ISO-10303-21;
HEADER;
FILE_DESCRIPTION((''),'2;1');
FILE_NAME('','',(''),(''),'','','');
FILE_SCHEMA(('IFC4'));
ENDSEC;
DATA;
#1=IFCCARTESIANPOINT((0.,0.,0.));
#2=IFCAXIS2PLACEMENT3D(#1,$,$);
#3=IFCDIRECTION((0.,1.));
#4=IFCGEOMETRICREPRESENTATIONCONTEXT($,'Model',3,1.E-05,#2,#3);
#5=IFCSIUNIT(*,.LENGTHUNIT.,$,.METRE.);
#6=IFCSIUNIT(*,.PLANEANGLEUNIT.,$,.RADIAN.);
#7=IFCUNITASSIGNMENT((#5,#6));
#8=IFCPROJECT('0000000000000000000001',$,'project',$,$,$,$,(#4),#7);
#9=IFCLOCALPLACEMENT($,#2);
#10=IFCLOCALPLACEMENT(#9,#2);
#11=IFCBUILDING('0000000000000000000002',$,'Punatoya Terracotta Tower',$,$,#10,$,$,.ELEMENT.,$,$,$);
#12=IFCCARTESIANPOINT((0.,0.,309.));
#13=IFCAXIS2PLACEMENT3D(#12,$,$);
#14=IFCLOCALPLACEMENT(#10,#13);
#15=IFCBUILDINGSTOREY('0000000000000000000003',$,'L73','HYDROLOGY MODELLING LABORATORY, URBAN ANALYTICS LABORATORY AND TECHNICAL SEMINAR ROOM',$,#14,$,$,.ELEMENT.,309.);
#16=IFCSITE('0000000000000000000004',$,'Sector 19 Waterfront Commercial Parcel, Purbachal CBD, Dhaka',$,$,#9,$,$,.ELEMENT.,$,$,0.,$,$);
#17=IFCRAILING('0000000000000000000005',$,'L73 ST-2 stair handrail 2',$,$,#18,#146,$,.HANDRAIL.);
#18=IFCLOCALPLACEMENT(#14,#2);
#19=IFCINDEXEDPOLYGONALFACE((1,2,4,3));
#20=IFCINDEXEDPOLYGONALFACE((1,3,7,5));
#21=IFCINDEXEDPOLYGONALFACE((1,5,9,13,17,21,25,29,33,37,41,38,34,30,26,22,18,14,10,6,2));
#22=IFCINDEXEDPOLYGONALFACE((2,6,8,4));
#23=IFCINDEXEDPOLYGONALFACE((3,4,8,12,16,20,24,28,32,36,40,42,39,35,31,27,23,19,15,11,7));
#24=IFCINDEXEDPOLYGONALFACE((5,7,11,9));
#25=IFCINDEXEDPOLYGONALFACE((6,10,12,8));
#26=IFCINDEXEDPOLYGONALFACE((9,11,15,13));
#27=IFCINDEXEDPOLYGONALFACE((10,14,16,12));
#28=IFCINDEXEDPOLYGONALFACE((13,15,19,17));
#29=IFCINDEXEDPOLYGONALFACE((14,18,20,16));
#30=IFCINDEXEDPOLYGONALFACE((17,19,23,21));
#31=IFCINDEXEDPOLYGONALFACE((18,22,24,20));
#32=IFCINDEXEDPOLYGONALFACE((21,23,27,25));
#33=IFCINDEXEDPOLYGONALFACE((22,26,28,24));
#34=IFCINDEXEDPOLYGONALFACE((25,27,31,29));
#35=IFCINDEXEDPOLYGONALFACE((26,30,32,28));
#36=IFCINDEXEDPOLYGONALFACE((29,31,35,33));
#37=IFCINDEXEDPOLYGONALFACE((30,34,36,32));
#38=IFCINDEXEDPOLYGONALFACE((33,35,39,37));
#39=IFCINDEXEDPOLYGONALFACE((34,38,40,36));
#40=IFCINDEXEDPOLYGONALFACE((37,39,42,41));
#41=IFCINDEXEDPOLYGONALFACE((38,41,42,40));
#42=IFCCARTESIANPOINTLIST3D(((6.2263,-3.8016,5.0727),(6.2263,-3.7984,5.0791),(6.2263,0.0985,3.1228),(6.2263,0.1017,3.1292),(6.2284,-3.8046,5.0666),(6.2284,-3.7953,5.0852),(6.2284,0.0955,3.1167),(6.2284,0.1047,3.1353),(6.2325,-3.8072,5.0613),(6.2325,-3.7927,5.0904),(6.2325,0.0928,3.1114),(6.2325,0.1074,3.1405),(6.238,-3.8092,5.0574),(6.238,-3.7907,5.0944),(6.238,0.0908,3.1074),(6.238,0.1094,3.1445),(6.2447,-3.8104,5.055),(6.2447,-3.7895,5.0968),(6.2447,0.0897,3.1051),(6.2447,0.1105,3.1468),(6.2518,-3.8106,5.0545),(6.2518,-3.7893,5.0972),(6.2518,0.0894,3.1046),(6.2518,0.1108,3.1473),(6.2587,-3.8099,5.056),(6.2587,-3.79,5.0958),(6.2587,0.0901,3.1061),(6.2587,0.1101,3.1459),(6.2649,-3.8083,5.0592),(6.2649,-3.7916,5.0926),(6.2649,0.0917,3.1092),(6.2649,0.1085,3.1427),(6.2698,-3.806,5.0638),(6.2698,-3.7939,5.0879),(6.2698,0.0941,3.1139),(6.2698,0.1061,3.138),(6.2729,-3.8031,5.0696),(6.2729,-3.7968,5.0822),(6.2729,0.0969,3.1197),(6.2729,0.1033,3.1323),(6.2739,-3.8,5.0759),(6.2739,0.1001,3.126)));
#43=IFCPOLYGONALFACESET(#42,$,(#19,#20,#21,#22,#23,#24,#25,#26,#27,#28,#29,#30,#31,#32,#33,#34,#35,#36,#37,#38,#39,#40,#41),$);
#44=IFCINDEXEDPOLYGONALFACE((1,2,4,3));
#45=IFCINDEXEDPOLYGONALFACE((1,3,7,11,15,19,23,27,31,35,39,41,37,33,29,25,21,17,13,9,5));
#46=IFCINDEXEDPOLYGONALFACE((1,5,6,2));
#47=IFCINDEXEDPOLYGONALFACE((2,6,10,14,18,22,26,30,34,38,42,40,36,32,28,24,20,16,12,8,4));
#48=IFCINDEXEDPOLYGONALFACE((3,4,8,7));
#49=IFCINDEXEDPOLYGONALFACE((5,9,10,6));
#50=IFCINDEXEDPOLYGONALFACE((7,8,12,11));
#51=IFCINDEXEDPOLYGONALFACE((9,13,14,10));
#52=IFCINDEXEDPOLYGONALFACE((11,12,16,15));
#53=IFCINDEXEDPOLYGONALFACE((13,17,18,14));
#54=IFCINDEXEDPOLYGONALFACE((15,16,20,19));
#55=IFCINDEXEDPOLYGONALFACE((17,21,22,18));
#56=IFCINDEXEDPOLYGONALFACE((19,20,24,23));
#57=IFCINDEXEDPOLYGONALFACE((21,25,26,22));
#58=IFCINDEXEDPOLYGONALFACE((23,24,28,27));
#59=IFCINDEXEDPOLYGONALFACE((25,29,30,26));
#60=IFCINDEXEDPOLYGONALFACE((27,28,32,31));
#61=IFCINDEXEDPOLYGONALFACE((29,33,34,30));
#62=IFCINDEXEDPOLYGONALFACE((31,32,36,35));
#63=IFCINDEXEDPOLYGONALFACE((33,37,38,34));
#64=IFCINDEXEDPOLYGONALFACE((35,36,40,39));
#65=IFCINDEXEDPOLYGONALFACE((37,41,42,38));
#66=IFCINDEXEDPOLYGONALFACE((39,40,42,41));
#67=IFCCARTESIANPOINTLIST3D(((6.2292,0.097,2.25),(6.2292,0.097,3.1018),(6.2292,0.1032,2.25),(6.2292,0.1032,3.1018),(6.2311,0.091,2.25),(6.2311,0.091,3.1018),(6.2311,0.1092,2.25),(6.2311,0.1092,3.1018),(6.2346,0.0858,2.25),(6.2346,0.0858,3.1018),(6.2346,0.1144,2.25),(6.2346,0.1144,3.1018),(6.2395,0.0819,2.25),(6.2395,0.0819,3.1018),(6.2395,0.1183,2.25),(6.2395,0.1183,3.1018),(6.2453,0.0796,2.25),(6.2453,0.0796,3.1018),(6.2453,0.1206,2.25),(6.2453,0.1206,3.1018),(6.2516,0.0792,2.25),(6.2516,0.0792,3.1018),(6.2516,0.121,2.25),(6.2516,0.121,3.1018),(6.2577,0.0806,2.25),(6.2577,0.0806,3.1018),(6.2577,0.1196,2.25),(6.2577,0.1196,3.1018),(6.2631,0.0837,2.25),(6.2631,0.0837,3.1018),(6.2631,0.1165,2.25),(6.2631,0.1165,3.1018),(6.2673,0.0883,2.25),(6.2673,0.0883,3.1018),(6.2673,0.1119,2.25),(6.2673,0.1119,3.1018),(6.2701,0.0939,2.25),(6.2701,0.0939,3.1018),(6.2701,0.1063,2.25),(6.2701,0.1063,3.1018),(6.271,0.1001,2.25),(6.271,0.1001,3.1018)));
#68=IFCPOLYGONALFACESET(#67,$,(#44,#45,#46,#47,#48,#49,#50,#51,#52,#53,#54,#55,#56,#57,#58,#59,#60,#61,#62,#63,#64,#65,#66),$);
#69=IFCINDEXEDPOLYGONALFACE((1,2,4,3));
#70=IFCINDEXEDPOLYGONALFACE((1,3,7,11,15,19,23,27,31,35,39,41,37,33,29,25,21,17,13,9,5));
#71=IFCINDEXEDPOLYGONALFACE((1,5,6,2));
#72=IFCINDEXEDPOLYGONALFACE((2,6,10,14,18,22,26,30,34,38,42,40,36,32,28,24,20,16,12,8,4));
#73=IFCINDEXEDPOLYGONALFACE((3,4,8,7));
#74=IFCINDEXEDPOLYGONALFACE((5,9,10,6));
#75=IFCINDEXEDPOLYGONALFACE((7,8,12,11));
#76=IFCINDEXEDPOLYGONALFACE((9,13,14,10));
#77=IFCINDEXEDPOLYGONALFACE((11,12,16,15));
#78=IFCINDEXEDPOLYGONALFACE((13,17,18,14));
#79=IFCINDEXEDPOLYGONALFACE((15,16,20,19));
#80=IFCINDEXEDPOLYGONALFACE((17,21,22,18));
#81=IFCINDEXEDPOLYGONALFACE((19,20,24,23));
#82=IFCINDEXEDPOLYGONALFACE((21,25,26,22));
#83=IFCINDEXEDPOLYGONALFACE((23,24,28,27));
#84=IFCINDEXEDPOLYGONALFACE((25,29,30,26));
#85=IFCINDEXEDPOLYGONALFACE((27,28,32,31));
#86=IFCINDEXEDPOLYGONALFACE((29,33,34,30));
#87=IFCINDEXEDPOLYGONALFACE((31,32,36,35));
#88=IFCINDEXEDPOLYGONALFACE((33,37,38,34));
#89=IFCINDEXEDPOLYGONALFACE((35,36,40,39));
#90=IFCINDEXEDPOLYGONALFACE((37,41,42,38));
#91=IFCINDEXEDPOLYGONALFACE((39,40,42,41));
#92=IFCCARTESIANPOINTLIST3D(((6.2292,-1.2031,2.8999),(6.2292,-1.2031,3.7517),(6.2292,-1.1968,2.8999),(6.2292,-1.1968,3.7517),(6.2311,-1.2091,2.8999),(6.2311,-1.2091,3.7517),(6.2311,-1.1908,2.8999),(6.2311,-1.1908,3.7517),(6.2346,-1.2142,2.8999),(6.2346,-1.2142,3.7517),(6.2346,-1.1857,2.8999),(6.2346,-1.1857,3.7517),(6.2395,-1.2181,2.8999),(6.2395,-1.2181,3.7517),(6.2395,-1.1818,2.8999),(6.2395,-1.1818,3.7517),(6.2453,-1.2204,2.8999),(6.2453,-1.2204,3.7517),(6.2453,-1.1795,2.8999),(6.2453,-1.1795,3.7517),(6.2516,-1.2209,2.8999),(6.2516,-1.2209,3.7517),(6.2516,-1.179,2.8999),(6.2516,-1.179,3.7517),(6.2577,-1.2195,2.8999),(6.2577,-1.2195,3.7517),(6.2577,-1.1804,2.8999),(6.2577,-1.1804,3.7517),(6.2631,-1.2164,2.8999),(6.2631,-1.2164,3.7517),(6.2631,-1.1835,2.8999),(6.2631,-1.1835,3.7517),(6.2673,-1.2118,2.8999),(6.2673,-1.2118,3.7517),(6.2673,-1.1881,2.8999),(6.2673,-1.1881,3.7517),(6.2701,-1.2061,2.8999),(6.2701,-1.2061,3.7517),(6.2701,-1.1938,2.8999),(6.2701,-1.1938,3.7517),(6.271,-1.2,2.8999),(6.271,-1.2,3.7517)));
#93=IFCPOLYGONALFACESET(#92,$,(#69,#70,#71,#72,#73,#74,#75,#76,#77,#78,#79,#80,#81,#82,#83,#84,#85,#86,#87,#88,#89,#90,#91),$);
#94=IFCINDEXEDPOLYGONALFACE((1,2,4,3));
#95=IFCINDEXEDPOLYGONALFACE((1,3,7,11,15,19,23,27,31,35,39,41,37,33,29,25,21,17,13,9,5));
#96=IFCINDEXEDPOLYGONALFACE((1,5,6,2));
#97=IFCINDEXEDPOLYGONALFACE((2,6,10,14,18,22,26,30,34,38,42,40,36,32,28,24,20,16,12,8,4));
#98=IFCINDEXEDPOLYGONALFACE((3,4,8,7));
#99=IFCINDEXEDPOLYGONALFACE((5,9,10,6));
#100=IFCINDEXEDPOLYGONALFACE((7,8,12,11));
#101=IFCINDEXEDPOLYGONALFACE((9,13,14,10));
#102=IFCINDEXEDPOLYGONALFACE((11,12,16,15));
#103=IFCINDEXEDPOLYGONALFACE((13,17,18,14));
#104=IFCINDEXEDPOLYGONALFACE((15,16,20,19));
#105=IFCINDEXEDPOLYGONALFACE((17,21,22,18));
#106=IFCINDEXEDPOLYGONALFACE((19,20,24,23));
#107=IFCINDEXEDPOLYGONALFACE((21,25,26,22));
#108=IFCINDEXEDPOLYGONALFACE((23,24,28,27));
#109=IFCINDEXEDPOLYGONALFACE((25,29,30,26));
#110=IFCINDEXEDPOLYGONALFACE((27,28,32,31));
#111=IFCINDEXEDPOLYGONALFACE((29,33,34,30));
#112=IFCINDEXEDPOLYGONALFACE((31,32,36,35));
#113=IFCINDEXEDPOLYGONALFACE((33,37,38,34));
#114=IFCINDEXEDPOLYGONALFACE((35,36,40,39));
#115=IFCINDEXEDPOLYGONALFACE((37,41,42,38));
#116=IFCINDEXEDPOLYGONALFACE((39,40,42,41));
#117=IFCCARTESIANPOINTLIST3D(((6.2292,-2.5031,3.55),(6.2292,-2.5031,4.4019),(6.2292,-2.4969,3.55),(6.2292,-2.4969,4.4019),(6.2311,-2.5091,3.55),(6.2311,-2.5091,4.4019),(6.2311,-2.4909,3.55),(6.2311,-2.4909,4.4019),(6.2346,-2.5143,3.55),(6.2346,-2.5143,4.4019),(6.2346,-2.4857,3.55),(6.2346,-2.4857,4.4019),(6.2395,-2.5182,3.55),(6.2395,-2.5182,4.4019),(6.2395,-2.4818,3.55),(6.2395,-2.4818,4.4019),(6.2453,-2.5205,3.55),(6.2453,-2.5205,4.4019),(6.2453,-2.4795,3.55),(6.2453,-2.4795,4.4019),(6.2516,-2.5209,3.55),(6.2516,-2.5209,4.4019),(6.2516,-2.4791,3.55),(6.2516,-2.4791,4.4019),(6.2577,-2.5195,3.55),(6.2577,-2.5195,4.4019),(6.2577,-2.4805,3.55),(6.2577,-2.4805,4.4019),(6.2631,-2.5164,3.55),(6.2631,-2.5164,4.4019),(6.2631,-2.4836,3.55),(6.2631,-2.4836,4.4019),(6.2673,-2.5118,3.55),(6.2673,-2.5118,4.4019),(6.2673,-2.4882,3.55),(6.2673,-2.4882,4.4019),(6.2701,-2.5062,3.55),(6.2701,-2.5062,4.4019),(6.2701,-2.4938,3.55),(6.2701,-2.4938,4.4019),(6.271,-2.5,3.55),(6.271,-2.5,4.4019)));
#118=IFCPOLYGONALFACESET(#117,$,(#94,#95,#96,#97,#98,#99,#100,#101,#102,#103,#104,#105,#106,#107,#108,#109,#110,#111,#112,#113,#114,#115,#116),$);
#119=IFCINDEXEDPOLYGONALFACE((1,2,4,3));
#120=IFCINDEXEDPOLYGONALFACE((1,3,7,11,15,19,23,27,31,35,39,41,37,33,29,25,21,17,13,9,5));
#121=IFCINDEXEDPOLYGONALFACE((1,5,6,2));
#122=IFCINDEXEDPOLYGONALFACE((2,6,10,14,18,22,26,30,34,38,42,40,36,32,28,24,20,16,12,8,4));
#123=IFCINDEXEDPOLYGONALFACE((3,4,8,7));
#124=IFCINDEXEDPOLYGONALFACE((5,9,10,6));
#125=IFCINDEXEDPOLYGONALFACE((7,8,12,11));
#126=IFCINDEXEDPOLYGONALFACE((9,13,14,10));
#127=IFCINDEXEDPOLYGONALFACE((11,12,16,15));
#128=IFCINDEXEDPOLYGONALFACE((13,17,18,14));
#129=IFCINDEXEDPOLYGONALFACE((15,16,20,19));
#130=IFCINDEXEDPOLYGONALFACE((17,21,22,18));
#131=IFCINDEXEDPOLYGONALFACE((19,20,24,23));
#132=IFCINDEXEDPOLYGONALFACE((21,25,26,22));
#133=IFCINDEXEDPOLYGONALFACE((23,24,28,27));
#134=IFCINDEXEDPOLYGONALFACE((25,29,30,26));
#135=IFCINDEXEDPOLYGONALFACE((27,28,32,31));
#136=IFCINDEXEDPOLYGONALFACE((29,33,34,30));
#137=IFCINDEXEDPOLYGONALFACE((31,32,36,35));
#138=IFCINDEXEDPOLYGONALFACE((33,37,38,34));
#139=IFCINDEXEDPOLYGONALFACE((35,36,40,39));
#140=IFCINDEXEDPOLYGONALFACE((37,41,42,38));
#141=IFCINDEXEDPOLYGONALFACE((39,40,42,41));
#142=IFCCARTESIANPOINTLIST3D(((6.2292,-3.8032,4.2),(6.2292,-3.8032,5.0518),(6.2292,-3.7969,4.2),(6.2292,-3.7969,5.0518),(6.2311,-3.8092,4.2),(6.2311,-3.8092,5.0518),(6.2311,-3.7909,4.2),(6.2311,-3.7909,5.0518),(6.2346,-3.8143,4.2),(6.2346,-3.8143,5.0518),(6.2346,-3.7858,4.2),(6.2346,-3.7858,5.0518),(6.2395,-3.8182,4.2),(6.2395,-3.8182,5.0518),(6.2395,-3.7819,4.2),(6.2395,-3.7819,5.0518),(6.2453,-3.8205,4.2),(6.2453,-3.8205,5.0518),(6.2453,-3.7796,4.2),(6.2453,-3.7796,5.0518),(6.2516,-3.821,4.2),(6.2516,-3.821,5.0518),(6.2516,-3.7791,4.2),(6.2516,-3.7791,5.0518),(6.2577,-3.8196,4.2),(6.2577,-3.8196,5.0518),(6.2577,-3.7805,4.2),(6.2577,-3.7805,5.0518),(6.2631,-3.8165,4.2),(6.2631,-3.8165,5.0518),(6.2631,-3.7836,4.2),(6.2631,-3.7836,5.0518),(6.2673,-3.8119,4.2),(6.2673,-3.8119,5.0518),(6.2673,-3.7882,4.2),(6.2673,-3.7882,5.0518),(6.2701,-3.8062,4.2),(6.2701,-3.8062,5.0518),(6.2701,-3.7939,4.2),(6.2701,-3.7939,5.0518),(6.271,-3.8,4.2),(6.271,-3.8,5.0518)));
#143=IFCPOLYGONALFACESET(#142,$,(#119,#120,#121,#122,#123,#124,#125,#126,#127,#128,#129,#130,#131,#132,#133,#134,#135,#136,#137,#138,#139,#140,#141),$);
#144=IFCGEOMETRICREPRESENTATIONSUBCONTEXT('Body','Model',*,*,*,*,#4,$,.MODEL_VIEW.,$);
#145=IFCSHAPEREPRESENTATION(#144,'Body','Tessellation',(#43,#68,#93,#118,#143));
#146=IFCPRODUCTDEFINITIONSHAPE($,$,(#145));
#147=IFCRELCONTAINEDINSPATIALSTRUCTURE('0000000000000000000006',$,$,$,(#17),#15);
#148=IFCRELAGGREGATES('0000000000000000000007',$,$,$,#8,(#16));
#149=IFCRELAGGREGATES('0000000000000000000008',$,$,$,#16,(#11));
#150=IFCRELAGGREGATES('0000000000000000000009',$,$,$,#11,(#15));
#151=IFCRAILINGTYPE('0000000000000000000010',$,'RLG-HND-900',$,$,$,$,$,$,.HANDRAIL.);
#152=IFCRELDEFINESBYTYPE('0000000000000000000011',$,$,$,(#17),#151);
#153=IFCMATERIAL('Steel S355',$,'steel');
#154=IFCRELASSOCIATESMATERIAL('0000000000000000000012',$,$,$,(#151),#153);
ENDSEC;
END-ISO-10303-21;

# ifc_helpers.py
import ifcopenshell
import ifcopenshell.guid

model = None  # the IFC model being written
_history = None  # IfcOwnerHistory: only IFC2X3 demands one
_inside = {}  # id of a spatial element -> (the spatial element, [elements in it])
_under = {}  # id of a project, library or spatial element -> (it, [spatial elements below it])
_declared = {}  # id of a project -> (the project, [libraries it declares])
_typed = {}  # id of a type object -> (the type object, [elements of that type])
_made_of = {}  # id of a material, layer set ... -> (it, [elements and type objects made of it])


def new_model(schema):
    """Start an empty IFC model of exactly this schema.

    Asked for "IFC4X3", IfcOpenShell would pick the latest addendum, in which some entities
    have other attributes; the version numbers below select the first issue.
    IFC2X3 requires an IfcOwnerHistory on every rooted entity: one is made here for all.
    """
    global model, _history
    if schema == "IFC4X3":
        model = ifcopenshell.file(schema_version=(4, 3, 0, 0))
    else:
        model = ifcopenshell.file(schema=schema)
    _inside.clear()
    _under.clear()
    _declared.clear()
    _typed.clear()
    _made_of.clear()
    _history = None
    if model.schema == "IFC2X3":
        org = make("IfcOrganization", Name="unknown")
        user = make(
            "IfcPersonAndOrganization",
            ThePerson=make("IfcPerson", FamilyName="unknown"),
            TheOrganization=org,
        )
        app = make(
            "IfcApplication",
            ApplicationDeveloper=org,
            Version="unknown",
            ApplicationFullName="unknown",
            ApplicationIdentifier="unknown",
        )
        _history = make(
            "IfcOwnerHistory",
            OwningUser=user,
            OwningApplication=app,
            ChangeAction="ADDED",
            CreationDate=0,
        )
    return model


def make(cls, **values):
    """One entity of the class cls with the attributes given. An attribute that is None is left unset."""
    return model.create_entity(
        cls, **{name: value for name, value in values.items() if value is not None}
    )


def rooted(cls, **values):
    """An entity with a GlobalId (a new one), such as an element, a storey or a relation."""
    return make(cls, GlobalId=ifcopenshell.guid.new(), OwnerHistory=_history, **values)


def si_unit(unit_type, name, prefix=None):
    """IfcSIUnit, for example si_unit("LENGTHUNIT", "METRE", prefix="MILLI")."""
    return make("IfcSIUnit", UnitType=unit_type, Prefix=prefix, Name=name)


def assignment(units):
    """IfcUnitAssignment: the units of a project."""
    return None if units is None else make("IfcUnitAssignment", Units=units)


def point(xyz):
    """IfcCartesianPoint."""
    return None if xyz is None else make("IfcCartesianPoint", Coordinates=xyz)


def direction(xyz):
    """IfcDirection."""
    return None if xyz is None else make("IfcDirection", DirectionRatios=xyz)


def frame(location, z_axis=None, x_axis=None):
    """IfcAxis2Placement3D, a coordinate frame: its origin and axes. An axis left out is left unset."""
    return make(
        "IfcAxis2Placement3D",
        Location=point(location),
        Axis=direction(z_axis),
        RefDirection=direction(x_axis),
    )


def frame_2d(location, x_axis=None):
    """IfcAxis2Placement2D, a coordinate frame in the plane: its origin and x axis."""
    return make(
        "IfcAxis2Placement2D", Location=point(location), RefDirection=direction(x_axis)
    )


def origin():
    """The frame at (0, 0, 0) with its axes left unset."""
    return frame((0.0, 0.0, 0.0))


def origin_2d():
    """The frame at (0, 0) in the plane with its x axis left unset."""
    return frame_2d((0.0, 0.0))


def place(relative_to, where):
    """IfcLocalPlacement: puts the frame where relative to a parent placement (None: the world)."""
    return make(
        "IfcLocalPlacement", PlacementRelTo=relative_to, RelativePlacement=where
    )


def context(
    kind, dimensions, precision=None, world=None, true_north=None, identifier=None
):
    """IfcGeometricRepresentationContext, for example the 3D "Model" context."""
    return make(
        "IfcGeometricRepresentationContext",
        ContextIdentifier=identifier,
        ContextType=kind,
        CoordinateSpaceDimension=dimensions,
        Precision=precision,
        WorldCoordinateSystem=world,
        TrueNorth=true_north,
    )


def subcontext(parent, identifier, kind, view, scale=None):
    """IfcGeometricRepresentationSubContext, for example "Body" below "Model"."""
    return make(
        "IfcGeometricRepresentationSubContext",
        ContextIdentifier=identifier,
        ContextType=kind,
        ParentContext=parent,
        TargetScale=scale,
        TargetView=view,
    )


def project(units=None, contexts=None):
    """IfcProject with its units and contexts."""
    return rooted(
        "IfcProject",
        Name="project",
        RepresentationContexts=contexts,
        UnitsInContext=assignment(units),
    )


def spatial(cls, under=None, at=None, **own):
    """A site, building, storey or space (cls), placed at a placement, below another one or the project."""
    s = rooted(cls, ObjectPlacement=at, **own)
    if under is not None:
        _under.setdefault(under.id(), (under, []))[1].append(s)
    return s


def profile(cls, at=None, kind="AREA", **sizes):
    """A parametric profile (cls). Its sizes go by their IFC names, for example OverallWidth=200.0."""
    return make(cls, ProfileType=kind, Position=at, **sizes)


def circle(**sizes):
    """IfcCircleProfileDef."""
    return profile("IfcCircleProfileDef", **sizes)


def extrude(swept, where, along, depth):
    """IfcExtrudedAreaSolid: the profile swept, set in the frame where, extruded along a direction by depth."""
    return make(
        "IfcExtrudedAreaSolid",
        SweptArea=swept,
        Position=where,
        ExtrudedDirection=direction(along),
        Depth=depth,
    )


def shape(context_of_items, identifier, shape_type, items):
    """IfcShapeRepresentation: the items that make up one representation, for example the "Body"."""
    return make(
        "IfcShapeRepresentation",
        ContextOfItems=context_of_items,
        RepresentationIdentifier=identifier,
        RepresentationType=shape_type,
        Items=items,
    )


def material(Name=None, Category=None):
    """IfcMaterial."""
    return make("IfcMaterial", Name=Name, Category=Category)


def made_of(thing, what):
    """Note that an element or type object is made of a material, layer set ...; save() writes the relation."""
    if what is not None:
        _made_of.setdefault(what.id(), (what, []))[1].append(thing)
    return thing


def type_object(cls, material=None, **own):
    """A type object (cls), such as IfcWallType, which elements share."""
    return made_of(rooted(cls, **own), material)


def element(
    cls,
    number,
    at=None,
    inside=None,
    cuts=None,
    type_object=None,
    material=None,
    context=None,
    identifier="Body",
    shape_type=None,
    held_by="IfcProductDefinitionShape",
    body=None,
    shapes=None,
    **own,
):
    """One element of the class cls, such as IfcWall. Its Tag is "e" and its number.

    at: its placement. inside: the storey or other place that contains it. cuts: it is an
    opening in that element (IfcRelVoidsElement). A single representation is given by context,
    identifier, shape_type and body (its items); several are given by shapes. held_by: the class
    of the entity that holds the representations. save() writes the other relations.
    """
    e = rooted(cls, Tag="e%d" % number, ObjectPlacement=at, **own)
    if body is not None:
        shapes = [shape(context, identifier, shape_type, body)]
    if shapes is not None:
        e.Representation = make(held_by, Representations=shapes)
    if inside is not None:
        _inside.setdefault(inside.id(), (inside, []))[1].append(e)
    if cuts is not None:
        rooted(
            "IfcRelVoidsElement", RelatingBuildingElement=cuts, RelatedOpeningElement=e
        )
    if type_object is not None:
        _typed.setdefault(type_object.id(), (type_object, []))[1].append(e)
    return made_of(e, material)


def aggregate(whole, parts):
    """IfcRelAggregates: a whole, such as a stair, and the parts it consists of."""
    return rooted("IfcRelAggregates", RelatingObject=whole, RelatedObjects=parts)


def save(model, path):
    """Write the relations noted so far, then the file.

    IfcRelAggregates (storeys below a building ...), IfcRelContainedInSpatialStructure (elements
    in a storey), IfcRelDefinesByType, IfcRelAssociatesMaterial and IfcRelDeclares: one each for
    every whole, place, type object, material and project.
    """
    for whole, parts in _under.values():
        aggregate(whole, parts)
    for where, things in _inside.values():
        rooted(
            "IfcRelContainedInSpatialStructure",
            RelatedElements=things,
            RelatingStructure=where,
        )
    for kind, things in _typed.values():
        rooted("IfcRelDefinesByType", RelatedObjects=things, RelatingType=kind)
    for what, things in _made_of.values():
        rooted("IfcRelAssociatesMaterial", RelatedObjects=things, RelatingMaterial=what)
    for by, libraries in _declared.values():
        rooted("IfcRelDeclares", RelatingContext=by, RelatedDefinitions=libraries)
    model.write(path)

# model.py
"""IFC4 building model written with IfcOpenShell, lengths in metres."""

from ifc_helpers import new_model, si_unit, direction, frame, origin, origin_2d, place, context, subcontext, project, spatial, circle, extrude, material, type_object, element, save


model = new_model("IFC4")

# Units and contexts
model_context = context("Model", 3, precision=1e-05, world=origin(), true_north=direction((0.0, 1.0)))
body_context = subcontext(model_context, "Body", "Model", "MODEL_VIEW")
ifc_project = project(units=[si_unit("LENGTHUNIT", "METRE"), si_unit("PLANEANGLEUNIT", "RADIAN")], contexts=[model_context])

# Site, building, storey
site_placement = place(None, origin())
site = spatial("IfcSite", under=ifc_project, at=site_placement, Name="Sector 19 Waterfront Commercial Parcel, Purbachal CBD, Dhaka", CompositionType="ELEMENT", RefElevation=0.0)
building_placement = place(site_placement, origin())
building = spatial("IfcBuilding", under=site, at=building_placement, Name="Punatoya Terracotta Tower", CompositionType="ELEMENT")
storey_placement = place(building_placement, frame((0.0, 0.0, 309.0)))
storey = spatial("IfcBuildingStorey", under=building, at=storey_placement, Name="L73", Description="HYDROLOGY MODELLING LABORATORY, URBAN ANALYTICS LABORATORY AND TECHNICAL SEMINAR ROOM", CompositionType="ELEMENT", Elevation=309.0)

# Shared definitions
ifc_material_1 = material(Name="Steel S355", Category="steel")

# Railing
railing_type_1 = type_object("IfcRailingType", Name="RLG-HND-900", PredefinedType="HANDRAIL", material=ifc_material_1)
railing_1_placement = place(storey_placement, frame((6.25, 0.1001, 2.25)))
element("IfcRailing", 1, at=railing_1_placement, inside=storey, type_object=railing_type_1, Name="L73 ST-2 stair handrail 2", PredefinedType="HANDRAIL", context=body_context, shape_type="SweptSolid", body=[
    extrude(circle(Radius=0.0239, at=origin_2d()), frame((0.0, 0.0, 0.876), z_axis=(0.0, -0.894438, 0.447191), x_axis=(1.0, 0.0, 0.0)), (0.0, 0.0, 1.0), 4.3604),
    extrude(circle(Radius=0.021, at=origin_2d()), origin(), (0.0, 0.0, 1.0), 0.8518),
    extrude(circle(Radius=0.021, at=origin_2d()), frame((0.0, -1.3, 0.6499)), (0.0, 0.0, 1.0), 0.8518),
    extrude(circle(Radius=0.021, at=origin_2d()), frame((0.0, -2.6001, 1.3)), (0.0, 0.0, 1.0), 0.8518),
    extrude(circle(Radius=0.021, at=origin_2d()), frame((0.0, -3.9001, 1.95)), (0.0, 0.0, 1.0), 0.8518),
])

save(model, "model.ifc")
